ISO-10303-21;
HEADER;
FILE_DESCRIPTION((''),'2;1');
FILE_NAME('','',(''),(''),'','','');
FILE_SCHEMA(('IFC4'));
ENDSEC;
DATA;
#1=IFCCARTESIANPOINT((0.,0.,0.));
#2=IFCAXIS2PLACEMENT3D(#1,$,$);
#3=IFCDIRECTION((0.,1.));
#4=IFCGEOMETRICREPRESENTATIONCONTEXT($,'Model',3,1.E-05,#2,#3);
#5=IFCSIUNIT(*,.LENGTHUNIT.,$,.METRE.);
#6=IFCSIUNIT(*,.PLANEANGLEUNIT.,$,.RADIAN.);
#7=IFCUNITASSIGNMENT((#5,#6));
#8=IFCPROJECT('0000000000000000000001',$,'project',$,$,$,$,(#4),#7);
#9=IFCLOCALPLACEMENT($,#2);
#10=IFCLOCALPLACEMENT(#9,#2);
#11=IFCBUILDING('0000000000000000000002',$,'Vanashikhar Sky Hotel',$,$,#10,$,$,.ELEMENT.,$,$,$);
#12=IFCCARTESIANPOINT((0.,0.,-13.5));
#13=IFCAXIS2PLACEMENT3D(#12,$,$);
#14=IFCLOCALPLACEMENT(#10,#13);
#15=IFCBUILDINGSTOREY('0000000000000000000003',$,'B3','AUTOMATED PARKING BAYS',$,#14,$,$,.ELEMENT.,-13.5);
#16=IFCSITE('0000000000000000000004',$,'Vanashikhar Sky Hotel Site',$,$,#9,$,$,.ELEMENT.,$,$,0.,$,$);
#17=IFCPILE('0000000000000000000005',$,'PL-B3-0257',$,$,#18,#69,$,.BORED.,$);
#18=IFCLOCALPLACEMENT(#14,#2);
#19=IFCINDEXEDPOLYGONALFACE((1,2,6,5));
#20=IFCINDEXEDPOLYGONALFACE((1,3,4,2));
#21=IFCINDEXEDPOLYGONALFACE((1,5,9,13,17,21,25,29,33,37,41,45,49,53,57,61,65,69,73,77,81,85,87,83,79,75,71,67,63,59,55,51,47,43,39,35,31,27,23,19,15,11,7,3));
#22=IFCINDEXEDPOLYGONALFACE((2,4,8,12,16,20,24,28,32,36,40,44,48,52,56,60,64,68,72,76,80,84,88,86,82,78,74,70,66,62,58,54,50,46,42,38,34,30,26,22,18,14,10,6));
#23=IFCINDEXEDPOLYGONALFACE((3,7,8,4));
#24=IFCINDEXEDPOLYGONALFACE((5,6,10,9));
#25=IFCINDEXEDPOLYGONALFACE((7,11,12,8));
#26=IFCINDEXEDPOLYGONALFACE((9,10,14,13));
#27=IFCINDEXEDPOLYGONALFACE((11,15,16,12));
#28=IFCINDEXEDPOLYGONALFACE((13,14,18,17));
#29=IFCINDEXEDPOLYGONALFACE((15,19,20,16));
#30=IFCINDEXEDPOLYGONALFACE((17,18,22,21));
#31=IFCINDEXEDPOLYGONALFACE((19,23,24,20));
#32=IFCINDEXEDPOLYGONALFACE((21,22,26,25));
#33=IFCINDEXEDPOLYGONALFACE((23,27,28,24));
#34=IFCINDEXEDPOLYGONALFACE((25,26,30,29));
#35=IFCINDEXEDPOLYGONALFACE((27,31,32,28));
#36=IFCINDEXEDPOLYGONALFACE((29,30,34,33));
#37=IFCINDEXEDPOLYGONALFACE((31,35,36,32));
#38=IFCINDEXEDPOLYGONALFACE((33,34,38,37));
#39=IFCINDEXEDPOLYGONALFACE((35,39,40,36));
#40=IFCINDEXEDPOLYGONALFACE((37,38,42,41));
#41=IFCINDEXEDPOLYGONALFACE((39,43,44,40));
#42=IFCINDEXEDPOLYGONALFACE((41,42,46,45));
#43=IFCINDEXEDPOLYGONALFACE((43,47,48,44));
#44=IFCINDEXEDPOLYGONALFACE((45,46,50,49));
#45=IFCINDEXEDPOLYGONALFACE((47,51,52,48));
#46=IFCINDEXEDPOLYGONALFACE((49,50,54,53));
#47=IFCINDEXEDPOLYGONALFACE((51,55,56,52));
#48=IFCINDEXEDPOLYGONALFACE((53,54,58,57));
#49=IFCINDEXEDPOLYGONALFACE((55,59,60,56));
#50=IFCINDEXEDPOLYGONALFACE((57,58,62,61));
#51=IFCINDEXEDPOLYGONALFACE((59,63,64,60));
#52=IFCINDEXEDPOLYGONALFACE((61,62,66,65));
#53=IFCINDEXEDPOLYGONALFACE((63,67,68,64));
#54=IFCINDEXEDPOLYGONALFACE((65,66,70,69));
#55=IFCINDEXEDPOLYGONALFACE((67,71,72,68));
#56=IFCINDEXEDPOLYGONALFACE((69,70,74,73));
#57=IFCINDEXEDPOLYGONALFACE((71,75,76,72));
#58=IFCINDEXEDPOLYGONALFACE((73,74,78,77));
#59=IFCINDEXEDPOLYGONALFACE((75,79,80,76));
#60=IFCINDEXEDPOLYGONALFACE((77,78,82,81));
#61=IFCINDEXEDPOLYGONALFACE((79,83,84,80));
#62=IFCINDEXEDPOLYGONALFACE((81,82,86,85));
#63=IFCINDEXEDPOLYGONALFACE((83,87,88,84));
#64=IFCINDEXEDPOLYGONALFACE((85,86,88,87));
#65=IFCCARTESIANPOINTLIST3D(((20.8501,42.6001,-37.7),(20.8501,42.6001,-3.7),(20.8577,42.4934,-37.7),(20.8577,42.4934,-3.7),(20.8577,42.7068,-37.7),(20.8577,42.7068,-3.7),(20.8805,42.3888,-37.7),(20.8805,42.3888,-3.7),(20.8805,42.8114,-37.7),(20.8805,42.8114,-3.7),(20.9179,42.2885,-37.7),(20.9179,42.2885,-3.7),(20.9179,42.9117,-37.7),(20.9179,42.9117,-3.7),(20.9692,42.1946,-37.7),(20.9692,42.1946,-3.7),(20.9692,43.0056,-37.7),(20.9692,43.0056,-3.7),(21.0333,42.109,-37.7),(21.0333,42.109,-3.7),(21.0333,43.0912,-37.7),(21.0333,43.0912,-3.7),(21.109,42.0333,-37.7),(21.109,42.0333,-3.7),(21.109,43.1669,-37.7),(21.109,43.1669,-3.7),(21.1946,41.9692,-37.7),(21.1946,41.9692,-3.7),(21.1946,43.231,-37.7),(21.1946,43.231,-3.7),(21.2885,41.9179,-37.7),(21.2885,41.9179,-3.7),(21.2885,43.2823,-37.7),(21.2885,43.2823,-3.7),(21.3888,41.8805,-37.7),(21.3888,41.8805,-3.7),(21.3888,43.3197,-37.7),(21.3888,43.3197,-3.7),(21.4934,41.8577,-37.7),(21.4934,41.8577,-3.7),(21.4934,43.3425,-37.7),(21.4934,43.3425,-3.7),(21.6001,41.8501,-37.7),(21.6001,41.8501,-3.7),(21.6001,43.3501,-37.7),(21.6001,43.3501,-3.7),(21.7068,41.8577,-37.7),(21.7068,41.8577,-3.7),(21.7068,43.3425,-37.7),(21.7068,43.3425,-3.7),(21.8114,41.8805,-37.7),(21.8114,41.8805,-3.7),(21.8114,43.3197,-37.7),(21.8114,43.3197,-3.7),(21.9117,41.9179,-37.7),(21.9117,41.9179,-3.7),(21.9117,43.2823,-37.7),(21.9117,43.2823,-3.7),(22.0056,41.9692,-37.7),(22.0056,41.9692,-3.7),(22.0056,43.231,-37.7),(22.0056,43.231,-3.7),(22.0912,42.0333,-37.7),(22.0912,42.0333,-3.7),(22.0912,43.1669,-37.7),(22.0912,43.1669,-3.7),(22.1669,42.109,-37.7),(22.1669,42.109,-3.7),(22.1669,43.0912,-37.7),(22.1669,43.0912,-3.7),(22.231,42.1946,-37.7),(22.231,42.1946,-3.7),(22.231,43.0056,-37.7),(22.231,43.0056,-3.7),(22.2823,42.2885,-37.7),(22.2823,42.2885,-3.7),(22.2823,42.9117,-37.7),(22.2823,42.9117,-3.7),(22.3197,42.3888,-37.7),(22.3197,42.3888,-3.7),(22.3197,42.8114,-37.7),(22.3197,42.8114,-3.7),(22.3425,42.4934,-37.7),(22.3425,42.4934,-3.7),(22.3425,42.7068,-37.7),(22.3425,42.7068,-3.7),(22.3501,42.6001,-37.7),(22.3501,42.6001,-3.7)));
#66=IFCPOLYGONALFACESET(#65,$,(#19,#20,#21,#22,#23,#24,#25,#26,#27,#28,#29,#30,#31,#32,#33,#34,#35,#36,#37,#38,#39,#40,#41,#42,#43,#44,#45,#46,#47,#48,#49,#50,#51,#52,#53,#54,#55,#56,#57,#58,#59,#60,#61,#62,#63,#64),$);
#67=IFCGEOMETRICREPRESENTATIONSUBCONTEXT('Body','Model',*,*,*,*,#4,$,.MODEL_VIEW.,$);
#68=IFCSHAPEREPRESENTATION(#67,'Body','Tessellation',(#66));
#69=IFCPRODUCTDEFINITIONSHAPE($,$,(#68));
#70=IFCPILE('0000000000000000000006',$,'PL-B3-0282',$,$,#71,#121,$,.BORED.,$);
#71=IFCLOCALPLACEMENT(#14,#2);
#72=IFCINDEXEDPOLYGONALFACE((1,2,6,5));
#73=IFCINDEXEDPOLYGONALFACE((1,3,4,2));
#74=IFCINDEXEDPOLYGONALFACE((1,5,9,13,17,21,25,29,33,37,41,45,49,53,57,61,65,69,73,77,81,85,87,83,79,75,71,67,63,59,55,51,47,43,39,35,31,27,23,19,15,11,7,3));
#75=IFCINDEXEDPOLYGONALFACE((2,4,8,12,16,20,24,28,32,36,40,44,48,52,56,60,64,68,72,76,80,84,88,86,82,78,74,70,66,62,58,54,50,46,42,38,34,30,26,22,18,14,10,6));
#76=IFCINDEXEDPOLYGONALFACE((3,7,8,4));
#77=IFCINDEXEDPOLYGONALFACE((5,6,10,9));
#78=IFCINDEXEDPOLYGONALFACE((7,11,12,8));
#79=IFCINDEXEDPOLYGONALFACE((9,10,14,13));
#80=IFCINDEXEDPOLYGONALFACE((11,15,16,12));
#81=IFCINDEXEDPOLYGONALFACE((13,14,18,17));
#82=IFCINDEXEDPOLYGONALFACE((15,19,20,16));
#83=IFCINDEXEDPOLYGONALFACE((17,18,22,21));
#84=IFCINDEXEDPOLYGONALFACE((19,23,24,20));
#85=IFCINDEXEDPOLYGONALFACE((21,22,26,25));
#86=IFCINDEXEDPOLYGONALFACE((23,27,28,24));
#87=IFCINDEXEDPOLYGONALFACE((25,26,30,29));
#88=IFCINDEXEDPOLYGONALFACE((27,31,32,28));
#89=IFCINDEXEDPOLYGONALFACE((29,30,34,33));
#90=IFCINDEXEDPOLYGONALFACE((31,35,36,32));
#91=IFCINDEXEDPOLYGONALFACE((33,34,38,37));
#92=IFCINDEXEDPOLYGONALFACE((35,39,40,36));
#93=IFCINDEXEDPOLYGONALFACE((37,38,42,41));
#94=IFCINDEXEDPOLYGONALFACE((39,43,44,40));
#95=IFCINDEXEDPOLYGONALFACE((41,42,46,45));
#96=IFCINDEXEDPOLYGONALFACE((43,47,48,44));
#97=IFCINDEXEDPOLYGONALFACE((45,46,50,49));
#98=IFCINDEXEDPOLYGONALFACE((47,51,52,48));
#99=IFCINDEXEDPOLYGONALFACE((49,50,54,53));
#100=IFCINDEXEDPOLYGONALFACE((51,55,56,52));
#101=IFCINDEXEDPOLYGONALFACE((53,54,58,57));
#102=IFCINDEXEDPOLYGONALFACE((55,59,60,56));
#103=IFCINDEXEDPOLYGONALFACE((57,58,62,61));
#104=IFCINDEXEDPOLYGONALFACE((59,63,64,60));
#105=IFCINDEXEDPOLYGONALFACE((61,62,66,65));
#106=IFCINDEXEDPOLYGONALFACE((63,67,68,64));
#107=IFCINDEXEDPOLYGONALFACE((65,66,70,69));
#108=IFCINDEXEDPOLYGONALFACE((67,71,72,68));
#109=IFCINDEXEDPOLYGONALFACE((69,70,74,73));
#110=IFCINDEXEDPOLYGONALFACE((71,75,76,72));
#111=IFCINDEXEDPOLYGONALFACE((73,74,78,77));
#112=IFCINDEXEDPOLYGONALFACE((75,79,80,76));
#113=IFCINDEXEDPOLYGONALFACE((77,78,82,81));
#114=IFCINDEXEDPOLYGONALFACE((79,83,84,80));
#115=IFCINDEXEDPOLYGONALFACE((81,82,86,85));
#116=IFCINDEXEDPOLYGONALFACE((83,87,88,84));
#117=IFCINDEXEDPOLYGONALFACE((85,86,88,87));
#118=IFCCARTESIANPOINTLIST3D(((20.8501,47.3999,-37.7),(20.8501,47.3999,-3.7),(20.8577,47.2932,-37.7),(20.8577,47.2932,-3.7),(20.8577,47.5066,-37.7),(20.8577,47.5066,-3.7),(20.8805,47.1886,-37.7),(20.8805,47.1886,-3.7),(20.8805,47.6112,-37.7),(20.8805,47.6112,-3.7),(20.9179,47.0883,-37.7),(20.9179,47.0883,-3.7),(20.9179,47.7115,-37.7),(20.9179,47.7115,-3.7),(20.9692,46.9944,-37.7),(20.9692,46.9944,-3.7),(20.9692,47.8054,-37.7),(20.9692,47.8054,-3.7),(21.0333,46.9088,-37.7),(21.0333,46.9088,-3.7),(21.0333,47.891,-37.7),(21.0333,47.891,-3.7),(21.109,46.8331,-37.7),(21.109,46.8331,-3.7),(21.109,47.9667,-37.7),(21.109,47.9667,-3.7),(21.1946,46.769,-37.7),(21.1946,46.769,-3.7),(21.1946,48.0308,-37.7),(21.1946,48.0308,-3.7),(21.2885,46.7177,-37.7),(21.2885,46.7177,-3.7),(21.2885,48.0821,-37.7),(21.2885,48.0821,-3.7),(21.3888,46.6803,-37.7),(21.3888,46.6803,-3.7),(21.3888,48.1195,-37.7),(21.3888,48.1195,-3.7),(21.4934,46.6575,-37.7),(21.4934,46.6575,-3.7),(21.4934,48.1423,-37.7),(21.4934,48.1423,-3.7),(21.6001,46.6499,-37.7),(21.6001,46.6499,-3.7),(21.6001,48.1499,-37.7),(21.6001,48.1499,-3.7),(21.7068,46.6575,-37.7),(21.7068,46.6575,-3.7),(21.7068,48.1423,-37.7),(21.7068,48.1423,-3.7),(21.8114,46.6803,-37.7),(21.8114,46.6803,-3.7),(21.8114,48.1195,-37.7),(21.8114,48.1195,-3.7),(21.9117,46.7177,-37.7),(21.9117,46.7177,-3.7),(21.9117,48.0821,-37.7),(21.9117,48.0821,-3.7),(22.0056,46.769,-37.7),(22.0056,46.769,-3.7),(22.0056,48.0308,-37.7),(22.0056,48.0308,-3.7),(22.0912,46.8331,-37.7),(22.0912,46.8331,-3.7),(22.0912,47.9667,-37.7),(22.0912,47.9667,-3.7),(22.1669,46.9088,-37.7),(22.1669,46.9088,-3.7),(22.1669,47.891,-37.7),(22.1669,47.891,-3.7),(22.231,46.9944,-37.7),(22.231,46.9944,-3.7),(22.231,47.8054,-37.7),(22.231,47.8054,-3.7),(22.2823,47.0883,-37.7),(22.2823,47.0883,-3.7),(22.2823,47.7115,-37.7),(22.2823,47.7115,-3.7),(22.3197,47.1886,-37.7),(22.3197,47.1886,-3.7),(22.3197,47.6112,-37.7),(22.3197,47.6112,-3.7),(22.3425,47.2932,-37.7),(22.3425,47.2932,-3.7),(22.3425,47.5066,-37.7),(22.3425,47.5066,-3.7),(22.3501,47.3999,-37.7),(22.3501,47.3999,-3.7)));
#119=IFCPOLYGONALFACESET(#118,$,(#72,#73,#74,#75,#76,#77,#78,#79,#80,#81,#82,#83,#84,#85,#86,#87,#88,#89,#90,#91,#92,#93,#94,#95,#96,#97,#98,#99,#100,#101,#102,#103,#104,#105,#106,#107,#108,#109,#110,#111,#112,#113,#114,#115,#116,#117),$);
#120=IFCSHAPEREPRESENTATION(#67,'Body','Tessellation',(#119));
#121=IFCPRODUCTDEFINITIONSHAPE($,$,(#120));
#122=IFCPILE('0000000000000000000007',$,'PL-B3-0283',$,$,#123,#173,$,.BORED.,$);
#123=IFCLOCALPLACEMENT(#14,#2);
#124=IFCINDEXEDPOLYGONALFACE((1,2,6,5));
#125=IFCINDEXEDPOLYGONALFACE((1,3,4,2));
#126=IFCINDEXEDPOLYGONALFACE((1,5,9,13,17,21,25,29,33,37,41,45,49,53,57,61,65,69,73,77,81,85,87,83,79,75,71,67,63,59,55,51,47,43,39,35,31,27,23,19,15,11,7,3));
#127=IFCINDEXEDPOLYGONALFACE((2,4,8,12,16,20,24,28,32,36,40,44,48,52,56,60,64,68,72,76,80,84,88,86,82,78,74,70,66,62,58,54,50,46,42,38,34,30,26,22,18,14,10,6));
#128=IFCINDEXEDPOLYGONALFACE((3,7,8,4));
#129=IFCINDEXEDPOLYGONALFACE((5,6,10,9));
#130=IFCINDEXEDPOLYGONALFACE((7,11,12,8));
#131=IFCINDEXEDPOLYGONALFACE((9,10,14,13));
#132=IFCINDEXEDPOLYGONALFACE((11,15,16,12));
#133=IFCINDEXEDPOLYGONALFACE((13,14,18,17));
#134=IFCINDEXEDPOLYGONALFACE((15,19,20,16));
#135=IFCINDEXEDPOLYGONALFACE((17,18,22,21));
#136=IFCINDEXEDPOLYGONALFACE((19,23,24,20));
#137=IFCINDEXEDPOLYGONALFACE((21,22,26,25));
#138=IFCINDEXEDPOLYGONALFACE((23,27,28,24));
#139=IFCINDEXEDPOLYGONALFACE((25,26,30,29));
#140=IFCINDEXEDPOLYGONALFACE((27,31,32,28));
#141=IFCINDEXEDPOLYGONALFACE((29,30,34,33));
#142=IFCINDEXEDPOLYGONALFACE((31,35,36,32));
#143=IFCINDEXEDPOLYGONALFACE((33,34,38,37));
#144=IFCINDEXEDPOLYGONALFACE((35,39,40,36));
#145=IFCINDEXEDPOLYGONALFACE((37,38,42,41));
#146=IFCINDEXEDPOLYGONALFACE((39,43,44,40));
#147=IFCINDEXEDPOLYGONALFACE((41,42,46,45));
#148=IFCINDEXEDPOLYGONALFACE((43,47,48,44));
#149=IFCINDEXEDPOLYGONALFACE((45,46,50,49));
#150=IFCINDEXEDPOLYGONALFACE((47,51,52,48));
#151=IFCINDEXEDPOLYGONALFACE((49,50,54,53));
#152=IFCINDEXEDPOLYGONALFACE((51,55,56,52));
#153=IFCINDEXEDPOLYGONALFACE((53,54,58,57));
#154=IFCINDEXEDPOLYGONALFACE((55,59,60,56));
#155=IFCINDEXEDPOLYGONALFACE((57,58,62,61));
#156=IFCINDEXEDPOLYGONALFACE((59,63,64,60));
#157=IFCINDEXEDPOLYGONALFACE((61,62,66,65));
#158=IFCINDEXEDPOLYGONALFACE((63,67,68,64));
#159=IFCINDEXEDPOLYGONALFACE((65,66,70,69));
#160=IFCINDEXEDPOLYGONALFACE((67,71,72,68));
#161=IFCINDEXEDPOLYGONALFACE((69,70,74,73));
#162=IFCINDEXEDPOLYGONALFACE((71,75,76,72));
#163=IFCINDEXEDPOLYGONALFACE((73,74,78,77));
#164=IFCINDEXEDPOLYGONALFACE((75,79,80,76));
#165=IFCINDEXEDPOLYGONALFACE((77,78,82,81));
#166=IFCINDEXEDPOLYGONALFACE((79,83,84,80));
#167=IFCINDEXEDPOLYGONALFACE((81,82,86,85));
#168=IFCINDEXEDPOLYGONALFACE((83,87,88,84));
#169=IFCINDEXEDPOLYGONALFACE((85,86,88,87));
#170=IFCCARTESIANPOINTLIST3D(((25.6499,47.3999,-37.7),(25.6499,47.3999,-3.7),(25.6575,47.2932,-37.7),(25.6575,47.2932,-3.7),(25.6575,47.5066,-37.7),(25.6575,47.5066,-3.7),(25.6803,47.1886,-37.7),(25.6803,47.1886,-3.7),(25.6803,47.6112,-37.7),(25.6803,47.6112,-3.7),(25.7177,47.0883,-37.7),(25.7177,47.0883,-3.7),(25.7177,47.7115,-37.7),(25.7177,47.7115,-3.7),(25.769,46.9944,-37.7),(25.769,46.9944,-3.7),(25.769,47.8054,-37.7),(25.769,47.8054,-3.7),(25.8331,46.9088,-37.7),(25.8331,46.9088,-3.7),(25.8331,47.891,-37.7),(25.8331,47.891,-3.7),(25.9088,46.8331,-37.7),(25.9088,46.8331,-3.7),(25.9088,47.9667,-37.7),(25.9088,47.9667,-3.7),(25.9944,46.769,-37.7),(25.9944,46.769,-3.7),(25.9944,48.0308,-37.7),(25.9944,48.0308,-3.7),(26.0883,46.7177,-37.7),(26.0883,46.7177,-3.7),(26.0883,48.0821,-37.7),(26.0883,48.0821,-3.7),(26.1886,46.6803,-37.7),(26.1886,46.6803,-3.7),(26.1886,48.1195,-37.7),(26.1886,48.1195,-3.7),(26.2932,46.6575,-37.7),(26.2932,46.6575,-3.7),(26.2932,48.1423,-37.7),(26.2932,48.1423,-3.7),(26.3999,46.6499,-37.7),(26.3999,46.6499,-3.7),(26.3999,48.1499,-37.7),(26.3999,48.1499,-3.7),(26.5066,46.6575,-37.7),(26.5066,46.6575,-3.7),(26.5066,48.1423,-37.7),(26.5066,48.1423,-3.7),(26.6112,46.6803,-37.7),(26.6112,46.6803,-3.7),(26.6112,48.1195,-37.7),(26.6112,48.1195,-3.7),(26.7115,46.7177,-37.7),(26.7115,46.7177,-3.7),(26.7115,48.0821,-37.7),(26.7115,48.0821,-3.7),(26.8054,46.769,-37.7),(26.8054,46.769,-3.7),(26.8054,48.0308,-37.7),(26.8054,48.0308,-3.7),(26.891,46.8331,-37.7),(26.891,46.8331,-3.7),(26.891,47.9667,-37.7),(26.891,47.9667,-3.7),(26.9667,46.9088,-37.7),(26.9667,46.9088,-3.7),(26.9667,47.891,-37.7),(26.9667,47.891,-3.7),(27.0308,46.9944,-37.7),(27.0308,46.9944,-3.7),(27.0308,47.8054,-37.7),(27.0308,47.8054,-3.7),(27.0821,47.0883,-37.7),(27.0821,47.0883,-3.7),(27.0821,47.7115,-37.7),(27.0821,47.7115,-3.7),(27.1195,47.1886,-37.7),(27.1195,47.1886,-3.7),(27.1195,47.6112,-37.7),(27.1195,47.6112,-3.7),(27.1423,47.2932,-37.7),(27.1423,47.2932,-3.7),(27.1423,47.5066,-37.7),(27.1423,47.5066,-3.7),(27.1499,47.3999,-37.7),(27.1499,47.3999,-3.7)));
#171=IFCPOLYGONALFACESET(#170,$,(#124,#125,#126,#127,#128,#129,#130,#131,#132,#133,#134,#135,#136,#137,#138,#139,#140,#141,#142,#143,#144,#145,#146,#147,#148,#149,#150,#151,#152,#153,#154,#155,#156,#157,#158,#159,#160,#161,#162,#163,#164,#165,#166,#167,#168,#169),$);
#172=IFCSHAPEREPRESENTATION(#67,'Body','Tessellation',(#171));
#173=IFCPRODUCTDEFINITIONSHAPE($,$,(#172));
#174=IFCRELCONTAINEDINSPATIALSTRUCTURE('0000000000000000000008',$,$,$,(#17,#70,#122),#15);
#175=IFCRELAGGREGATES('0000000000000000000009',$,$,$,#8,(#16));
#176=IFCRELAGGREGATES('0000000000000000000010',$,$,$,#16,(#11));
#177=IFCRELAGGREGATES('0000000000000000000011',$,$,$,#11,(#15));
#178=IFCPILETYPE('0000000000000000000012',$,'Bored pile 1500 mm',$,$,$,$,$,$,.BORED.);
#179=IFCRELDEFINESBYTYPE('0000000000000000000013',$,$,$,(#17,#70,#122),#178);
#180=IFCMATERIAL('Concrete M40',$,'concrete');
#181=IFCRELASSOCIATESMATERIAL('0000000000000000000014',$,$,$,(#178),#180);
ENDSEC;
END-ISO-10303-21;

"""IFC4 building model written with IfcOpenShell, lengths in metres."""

from ifc_helpers import new_model, si_unit, direction, frame, origin, origin_2d, place, context, subcontext, project, spatial, circle, extrude, source, transform, mapped, material, type_object, element, save


model = new_model("IFC4")

# Units and contexts
model_context = context("Model", 3, precision=1e-05, world=origin(), true_north=direction((0.0, 1.0)))
body_context = subcontext(model_context, "Body", "Model", "MODEL_VIEW")
ifc_project = project(units=[si_unit("LENGTHUNIT", "METRE"), si_unit("PLANEANGLEUNIT", "RADIAN")], contexts=[model_context])

# Site, building, storey
site_placement = place(None, origin())
site = spatial("IfcSite", under=ifc_project, at=site_placement, Name="Vanashikhar Sky Hotel Site", CompositionType="ELEMENT", RefElevation=0.0)
building_placement = place(site_placement, origin())
building = spatial("IfcBuilding", under=site, at=building_placement, Name="Vanashikhar Sky Hotel", CompositionType="ELEMENT")
storey_placement = place(building_placement, frame((0.0, 0.0, -13.5)))
storey = spatial("IfcBuildingStorey", under=building, at=storey_placement, Name="B3", Description="AUTOMATED PARKING BAYS", CompositionType="ELEMENT", Elevation=-13.5)

# Piles
ifc_material_1 = material(Name="Concrete M40", Category="concrete")
pile_type_1 = type_object("IfcPileType", Name="Bored pile 1500 mm", PredefinedType="BORED", material=ifc_material_1)
shared_shape_1 = source(origin(), body_context, "Body", "SweptSolid", [
    extrude(circle(Radius=0.75, at=origin_2d()), origin(), (0.0, 0.0, 1.0), 34.0),
])
for number, where, z_axis, x_axis, name in (
    (1, (21.6001, 42.6001, -3.7), (0.0, 0.0, -1.0), (1.0, 0.0, 0.0), "PL-B3-0257"),
    (2, (21.6001, 47.3999, -3.7), (0.0, 0.0, -1.0), (1.0, 0.0, 0.0), "PL-B3-0282"),
    (3, (26.3999, 47.3999, -3.7), (0.0, 0.0, -1.0), (1.0, 0.0, 0.0), "PL-B3-0283"),
):
    element("IfcPile", number, at=place(storey_placement, frame(where, z_axis=z_axis, x_axis=x_axis)), inside=storey, type_object=pile_type_1, Name=name, PredefinedType="BORED", context=body_context, shape_type="MappedRepresentation", body=[
        mapped(shared_shape_1, transform((0.0, 0.0, 0.0), scale=1.0)),
    ])

save(model, "model.ifc")
